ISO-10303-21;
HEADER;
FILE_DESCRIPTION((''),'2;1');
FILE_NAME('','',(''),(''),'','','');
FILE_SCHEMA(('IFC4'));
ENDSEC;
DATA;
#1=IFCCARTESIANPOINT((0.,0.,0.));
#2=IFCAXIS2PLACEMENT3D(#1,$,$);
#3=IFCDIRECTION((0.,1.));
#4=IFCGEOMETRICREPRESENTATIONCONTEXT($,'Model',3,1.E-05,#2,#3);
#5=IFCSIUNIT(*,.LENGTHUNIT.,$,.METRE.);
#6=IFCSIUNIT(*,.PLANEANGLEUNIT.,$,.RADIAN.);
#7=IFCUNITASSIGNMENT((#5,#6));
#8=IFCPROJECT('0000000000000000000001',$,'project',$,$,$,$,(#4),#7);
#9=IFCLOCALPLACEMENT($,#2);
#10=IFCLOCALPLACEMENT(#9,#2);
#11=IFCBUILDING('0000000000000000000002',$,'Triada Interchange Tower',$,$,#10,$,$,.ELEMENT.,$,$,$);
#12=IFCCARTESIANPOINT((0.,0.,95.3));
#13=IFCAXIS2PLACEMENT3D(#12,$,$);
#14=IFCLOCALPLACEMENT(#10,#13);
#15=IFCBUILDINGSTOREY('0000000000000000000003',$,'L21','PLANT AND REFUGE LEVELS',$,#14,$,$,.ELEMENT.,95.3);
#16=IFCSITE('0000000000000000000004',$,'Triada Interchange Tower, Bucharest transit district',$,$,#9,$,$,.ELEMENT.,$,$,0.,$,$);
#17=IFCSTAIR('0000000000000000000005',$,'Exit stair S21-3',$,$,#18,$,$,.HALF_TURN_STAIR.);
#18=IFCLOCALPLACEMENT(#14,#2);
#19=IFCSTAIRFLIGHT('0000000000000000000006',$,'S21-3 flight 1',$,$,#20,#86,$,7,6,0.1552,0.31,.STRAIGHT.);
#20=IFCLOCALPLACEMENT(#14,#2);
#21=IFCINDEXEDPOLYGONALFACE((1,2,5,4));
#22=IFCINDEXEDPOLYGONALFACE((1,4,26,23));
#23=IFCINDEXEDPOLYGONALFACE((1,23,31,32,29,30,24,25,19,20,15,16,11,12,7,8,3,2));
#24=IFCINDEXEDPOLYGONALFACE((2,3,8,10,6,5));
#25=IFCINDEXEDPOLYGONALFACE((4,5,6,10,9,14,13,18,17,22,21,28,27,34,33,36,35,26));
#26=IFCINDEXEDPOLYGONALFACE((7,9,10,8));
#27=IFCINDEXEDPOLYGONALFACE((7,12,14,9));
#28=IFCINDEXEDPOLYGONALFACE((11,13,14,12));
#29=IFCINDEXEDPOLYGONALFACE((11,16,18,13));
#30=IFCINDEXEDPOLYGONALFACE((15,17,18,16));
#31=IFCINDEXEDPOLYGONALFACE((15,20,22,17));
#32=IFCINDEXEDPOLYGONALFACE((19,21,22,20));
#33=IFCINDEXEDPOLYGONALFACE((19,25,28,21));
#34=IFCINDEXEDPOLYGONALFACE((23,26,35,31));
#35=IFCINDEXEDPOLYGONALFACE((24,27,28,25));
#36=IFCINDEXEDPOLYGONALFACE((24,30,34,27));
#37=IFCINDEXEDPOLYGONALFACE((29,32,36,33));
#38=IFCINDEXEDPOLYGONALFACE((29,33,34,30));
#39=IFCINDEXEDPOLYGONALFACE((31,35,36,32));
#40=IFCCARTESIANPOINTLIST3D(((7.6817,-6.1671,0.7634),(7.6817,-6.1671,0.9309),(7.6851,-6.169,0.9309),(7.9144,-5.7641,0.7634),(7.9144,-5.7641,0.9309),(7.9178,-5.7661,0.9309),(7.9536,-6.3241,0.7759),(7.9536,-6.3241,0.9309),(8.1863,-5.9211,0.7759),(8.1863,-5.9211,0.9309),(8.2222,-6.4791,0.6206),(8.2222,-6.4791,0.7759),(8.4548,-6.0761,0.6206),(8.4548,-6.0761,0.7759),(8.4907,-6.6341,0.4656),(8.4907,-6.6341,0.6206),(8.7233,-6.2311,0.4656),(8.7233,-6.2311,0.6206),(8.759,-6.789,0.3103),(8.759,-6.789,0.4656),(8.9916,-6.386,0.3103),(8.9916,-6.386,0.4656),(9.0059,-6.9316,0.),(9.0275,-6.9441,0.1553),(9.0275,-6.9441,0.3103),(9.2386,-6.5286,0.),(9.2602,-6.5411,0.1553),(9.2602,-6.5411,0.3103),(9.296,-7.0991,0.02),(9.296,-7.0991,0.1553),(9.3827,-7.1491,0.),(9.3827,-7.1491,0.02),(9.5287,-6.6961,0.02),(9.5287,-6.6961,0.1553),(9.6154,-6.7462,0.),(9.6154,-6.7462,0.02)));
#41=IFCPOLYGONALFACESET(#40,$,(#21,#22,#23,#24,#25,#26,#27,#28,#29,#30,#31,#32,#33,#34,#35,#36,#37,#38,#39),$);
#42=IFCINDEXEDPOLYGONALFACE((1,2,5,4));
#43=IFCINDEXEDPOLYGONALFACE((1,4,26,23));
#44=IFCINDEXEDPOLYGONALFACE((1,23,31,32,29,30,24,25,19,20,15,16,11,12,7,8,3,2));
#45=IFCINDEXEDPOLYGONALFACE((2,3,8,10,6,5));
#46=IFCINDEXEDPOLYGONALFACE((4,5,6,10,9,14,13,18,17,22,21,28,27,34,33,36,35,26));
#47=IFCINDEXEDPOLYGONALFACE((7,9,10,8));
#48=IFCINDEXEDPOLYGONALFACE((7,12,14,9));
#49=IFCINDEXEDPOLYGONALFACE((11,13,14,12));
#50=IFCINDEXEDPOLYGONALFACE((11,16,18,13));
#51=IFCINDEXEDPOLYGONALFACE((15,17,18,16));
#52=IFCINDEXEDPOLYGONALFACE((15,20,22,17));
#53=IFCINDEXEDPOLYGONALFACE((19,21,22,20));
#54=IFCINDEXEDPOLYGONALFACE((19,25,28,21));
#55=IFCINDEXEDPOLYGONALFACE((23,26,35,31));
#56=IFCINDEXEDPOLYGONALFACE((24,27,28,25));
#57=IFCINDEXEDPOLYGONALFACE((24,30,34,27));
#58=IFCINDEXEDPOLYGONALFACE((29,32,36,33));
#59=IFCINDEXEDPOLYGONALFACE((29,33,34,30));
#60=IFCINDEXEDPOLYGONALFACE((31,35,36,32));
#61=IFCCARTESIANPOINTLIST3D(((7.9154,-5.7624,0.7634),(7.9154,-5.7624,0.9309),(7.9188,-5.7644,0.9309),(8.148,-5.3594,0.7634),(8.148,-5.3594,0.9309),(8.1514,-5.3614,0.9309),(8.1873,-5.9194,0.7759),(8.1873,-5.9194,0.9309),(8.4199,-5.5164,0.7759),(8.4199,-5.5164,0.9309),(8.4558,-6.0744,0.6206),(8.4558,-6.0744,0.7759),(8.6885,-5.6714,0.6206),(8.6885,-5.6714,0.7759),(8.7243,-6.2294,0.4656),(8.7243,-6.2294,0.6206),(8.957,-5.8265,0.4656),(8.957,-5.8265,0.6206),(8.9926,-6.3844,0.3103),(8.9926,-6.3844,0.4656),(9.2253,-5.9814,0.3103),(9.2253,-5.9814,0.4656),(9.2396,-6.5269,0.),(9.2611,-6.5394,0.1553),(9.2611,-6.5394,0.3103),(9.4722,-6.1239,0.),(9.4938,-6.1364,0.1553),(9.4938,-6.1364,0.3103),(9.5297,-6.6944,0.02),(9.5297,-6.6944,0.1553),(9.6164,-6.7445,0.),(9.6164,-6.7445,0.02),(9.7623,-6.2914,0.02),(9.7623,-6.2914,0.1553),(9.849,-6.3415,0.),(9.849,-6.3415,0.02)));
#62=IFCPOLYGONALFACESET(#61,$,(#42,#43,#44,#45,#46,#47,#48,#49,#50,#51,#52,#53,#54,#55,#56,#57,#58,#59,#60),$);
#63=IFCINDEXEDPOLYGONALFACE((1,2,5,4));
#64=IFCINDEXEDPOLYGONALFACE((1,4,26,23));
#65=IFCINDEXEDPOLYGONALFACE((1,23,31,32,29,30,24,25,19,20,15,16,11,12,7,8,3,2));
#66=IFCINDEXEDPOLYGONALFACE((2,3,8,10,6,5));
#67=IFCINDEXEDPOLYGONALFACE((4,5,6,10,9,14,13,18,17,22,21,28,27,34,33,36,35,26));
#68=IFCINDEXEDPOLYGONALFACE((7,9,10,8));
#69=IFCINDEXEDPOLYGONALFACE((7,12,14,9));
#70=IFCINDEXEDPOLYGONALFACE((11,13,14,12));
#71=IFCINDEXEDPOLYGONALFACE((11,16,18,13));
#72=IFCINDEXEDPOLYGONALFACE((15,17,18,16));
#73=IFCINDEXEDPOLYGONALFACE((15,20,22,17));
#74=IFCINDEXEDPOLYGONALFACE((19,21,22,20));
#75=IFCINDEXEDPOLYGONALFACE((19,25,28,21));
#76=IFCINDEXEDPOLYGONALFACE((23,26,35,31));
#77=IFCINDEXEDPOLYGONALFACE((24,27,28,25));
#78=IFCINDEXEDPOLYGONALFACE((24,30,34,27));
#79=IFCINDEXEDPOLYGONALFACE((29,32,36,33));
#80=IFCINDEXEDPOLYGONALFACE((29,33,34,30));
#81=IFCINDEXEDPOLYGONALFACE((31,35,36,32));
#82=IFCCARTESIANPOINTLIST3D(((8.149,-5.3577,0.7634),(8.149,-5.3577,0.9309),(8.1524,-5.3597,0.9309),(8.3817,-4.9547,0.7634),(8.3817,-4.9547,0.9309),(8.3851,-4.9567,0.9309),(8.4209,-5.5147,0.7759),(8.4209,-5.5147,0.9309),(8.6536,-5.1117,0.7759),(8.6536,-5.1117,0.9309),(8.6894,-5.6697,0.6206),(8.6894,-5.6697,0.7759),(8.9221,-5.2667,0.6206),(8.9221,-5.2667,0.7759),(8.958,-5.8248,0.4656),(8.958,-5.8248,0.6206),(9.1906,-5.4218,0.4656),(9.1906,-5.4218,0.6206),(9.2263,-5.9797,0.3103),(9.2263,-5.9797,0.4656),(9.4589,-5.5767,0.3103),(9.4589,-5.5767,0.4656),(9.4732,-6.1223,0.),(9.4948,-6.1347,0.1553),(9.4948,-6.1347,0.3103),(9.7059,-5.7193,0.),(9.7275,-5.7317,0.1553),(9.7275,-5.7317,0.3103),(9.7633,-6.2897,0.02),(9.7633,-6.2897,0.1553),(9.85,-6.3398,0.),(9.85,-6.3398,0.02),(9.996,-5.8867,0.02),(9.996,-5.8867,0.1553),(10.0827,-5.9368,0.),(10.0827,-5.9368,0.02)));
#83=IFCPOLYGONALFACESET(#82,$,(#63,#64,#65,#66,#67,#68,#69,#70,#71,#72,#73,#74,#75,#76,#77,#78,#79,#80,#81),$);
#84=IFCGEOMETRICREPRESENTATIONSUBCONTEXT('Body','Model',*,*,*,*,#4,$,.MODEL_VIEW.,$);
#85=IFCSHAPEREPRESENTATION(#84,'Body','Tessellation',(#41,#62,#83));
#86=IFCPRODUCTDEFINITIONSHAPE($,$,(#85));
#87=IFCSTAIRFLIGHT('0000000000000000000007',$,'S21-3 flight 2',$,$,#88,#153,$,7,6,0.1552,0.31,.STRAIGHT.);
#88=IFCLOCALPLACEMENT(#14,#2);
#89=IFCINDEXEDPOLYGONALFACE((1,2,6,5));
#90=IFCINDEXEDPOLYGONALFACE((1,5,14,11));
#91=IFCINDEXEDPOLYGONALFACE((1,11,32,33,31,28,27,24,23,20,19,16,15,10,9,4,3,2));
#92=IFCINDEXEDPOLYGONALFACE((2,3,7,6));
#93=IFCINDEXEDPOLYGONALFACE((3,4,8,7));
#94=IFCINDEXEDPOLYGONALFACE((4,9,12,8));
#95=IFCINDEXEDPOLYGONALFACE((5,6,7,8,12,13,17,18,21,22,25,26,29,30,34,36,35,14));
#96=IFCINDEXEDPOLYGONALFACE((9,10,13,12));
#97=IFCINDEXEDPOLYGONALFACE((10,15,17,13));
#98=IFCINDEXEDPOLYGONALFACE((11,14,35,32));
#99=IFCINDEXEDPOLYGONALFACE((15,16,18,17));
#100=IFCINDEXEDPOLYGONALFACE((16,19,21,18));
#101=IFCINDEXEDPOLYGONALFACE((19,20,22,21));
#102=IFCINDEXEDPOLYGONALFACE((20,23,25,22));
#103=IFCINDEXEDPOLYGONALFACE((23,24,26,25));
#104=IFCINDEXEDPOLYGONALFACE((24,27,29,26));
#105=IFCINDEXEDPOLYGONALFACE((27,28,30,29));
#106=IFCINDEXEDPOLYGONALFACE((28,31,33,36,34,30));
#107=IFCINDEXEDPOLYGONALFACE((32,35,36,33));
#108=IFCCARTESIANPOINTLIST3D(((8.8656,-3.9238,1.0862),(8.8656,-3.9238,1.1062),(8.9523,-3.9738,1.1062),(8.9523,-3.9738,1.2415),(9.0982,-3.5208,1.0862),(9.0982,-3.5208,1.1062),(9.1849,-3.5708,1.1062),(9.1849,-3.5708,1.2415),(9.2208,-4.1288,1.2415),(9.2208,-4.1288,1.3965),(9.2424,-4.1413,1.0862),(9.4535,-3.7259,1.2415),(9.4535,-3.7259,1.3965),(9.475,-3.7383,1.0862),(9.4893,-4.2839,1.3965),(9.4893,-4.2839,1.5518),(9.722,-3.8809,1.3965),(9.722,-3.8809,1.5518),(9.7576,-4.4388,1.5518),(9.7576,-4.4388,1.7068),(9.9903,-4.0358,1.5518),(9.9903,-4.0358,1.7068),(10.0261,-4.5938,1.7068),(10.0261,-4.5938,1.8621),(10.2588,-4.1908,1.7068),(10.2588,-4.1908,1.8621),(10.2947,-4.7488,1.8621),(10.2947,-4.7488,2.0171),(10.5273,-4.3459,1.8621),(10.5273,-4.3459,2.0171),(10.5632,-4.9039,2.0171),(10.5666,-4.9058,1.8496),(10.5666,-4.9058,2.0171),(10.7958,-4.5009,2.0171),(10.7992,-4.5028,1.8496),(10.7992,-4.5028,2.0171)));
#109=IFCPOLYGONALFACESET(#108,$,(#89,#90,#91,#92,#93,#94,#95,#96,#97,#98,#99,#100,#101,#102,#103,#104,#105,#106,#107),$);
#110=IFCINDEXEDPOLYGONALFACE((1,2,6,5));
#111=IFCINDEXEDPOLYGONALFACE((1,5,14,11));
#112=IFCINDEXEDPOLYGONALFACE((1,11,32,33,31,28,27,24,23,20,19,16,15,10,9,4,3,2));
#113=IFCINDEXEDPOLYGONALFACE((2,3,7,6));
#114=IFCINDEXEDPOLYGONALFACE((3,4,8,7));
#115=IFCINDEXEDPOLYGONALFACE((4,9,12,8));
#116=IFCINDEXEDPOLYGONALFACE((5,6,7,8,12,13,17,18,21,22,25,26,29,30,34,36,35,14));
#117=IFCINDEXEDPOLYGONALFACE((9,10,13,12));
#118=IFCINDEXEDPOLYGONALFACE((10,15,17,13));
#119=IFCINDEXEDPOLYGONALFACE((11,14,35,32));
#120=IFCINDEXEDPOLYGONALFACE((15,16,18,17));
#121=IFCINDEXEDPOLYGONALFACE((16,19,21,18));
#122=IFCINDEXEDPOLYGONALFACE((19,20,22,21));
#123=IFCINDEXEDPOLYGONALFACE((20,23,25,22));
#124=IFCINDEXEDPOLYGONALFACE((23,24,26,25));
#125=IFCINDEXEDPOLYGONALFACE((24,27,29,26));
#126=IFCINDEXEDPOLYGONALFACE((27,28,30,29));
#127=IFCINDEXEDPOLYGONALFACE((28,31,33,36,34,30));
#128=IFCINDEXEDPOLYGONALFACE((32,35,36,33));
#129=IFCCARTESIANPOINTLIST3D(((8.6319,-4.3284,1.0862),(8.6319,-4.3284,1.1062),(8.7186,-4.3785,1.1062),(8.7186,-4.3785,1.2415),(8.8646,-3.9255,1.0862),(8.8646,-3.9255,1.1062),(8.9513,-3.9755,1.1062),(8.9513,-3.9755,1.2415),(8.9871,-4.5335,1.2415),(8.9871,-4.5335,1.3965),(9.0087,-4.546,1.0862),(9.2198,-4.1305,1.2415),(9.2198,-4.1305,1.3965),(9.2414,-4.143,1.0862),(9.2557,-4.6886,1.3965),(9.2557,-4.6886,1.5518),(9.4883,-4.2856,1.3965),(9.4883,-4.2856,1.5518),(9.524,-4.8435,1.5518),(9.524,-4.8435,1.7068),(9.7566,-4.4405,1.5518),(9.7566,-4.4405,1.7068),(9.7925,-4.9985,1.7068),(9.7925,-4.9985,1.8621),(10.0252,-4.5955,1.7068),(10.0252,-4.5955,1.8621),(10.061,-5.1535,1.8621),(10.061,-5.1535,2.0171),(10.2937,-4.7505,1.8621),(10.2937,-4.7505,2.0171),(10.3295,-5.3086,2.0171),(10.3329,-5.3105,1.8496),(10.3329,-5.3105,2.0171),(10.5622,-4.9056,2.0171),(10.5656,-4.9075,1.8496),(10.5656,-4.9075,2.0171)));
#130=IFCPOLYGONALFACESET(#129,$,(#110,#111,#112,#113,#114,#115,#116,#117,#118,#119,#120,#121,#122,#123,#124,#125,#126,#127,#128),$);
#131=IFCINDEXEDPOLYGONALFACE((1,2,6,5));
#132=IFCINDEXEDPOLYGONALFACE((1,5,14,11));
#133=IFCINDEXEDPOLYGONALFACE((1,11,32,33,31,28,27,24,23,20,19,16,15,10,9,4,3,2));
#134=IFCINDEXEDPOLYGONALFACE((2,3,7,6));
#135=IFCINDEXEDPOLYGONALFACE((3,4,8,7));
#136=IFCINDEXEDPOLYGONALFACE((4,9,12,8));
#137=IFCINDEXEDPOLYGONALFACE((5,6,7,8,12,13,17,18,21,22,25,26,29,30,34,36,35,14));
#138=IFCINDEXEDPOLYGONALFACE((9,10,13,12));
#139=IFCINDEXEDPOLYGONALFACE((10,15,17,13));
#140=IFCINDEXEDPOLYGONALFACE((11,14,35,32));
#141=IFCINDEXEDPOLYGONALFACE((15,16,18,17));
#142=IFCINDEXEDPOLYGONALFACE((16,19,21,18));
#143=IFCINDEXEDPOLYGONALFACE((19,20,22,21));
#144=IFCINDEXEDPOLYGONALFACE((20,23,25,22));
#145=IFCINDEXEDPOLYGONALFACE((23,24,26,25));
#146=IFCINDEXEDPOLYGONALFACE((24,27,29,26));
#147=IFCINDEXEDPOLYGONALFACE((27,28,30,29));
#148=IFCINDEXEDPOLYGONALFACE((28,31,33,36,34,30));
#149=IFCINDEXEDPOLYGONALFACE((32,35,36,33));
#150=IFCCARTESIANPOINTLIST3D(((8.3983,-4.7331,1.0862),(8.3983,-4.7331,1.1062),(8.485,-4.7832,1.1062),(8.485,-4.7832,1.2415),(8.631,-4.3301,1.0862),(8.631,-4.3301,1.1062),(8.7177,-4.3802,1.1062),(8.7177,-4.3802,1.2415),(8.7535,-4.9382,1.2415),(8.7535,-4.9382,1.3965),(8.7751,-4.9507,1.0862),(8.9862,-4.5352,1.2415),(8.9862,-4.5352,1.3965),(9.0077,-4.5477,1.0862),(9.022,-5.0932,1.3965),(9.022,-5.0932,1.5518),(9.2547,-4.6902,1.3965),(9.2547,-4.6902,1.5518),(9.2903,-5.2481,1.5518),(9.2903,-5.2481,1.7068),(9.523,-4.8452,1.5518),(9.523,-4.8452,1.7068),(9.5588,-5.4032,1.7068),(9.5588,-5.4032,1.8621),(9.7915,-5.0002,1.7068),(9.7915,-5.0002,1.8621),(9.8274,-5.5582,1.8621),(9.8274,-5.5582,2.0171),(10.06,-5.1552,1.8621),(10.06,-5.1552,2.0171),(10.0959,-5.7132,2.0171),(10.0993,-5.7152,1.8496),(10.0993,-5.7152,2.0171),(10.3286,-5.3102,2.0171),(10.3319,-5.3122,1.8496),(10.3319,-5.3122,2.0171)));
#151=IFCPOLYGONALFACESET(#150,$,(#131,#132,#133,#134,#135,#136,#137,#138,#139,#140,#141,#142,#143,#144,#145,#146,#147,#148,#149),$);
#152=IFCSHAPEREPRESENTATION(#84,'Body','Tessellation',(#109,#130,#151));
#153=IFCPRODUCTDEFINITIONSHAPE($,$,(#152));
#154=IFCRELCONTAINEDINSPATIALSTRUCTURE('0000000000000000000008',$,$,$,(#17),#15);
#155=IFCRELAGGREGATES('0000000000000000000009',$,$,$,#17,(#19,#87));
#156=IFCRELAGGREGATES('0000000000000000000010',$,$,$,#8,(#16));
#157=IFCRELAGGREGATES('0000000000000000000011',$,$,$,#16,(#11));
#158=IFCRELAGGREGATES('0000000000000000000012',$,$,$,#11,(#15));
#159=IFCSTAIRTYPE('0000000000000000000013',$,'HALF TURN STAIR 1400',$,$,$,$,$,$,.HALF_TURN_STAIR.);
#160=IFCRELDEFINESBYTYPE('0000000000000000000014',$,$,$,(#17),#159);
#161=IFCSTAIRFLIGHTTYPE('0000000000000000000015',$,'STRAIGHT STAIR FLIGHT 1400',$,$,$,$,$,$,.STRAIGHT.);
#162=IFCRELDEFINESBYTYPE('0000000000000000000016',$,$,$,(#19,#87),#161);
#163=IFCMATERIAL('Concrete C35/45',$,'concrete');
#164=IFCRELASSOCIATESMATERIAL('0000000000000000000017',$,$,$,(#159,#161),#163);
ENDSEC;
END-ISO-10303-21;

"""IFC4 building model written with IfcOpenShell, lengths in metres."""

from ifc_helpers import new_model, si_unit, direction, frame, origin, place, context, subcontext, project, spatial, polyline, outline, extrude, material, type_object, element, aggregate, save


model = new_model("IFC4")

# Units and contexts
model_context = context("Model", 3, precision=1e-05, world=origin(), true_north=direction((0.0, 1.0)))
body_context = subcontext(model_context, "Body", "Model", "MODEL_VIEW")
ifc_project = project(units=[si_unit("LENGTHUNIT", "METRE"), si_unit("PLANEANGLEUNIT", "RADIAN")], contexts=[model_context])

# Site, building, storey
site_placement = place(None, origin())
site = spatial("IfcSite", under=ifc_project, at=site_placement, Name="Triada Interchange Tower, Bucharest transit district", CompositionType="ELEMENT", RefElevation=0.0)
building_placement = place(site_placement, origin())
building = spatial("IfcBuilding", under=site, at=building_placement, Name="Triada Interchange Tower", CompositionType="ELEMENT")
storey_placement = place(building_placement, frame((0.0, 0.0, 95.3)))
storey = spatial("IfcBuildingStorey", under=building, at=storey_placement, Name="L21", Description="PLANT AND REFUGE LEVELS", CompositionType="ELEMENT", Elevation=95.3)

# Shared definitions
ifc_material_1 = material(Name="Concrete C35/45", Category="concrete")

# Stair, stair flights
stair_type = type_object("IfcStairType", Name="HALF TURN STAIR 1400", PredefinedType="HALF_TURN_STAIR", material=ifc_material_1)
stair_placement = place(storey_placement, origin())
stair = element("IfcStair", 1, at=stair_placement, inside=storey, type_object=stair_type, Name="Exit stair S21-3", PredefinedType="HALF_TURN_STAIR")
stair_flight_type = type_object("IfcStairFlightType", Name="STRAIGHT STAIR FLIGHT 1400", PredefinedType="STRAIGHT", material=ifc_material_1)
stair_flight_1_placement = place(storey_placement, frame((9.646, -6.4929, 0.0), z_axis=(0.0, 0.0, 1.0), x_axis=(-0.866025, 0.5, 0.0)))
stair_flight_1 = element("IfcStairFlight", 2, at=stair_flight_1_placement, type_object=stair_flight_type, Name="S21-3 flight 1", NumberOfRisers=7, NumberOfTreads=6, PredefinedType="STRAIGHT", RiserHeight=0.1552, TreadLength=0.31, context=body_context, shape_type="SweptSolid", body=[
    extrude(outline(polyline([(-0.1001, 0.0), (-0.1001, 0.02), (0.0, 0.02), (0.0, 0.1553), (0.3101, 0.1553), (0.3101, 0.3103), (0.6201, 0.3103), (0.6201, 0.4656), (0.9299, 0.4656), (0.9299, 0.6206), (1.24, 0.6206), (1.24, 0.7759), (1.55, 0.7759), (1.55, 0.9309), (1.8601, 0.9309), (1.864, 0.9309), (1.864, 1.0862), (1.864, 0.7634), (0.335, 0.0), (-0.1001, 0.0)])), frame((0.0, 0.7, 0.0), z_axis=(0.0, -1.0, 0.0), x_axis=(1.0, 0.0, 0.0)), (0.0, 0.0, 1.0), 0.4653),
    extrude(outline(polyline([(-0.1001, 0.0), (-0.1001, 0.02), (0.0, 0.02), (0.0, 0.1553), (0.3101, 0.1553), (0.3101, 0.3103), (0.6201, 0.3103), (0.6201, 0.4656), (0.9299, 0.4656), (0.9299, 0.6206), (1.24, 0.6206), (1.24, 0.7759), (1.55, 0.7759), (1.55, 0.9309), (1.8601, 0.9309), (1.864, 0.9309), (1.864, 1.0862), (1.864, 0.7634), (0.335, 0.0), (-0.1001, 0.0)])), frame((0.0, 0.2327, 0.0), z_axis=(0.0, -1.0, 0.0), x_axis=(1.0, 0.0, 0.0)), (0.0, 0.0, 1.0), 0.4653),
    extrude(outline(polyline([(-0.1001, 0.0), (-0.1001, 0.02), (0.0, 0.02), (0.0, 0.1553), (0.3101, 0.1553), (0.3101, 0.3103), (0.6201, 0.3103), (0.6201, 0.4656), (0.9299, 0.4656), (0.9299, 0.6206), (1.24, 0.6206), (1.24, 0.7759), (1.55, 0.7759), (1.55, 0.9309), (1.8601, 0.9309), (1.864, 0.9309), (1.864, 1.0862), (1.864, 0.7634), (0.335, 0.0), (-0.1001, 0.0)])), frame((0.0, -0.2346, 0.0), z_axis=(0.0, -1.0, 0.0), x_axis=(1.0, 0.0, 0.0)), (0.0, 0.0, 1.0), 0.4653),
])
stair_flight_2_placement = place(storey_placement, frame((8.835, -4.177, 1.0862), z_axis=(0.0, 0.0, 1.0), x_axis=(0.866025, -0.5, 0.0)))
stair_flight_2 = element("IfcStairFlight", 3, at=stair_flight_2_placement, type_object=stair_flight_type, Name="S21-3 flight 2", NumberOfRisers=7, NumberOfTreads=6, PredefinedType="STRAIGHT", RiserHeight=0.1552, TreadLength=0.31, context=body_context, shape_type="SweptSolid", body=[
    extrude(outline(polyline([(-0.1001, 0.0), (-0.1001, 0.02), (0.0, 0.02), (0.0, 0.1553), (0.3101, 0.1553), (0.3101, 0.3103), (0.6201, 0.3103), (0.6201, 0.4656), (0.9299, 0.4656), (0.9299, 0.6206), (1.24, 0.6206), (1.24, 0.7759), (1.55, 0.7759), (1.55, 0.9309), (1.8601, 0.9309), (1.864, 0.9309), (1.864, 1.0862), (1.864, 0.7634), (0.335, 0.0), (-0.1001, 0.0)])), frame((0.0, 0.7, 0.0), z_axis=(0.0, -1.0, 0.0), x_axis=(1.0, 0.0, 0.0)), (0.0, 0.0, 1.0), 0.4653),
    extrude(outline(polyline([(-0.1001, 0.0), (-0.1001, 0.02), (0.0, 0.02), (0.0, 0.1553), (0.3101, 0.1553), (0.3101, 0.3103), (0.6201, 0.3103), (0.6201, 0.4656), (0.9299, 0.4656), (0.9299, 0.6206), (1.24, 0.6206), (1.24, 0.7759), (1.55, 0.7759), (1.55, 0.9309), (1.8601, 0.9309), (1.864, 0.9309), (1.864, 1.0862), (1.864, 0.7634), (0.335, 0.0), (-0.1001, 0.0)])), frame((0.0, 0.2327, 0.0), z_axis=(0.0, -1.0, 0.0), x_axis=(1.0, 0.0, 0.0)), (0.0, 0.0, 1.0), 0.4653),
    extrude(outline(polyline([(-0.1001, 0.0), (-0.1001, 0.02), (0.0, 0.02), (0.0, 0.1553), (0.3101, 0.1553), (0.3101, 0.3103), (0.6201, 0.3103), (0.6201, 0.4656), (0.9299, 0.4656), (0.9299, 0.6206), (1.24, 0.6206), (1.24, 0.7759), (1.55, 0.7759), (1.55, 0.9309), (1.8601, 0.9309), (1.864, 0.9309), (1.864, 1.0862), (1.864, 0.7634), (0.335, 0.0), (-0.1001, 0.0)])), frame((0.0, -0.2346, 0.0), z_axis=(0.0, -1.0, 0.0), x_axis=(1.0, 0.0, 0.0)), (0.0, 0.0, 1.0), 0.4653),
])
aggregate(stair, [stair_flight_1, stair_flight_2])

save(model, "model.ifc")
